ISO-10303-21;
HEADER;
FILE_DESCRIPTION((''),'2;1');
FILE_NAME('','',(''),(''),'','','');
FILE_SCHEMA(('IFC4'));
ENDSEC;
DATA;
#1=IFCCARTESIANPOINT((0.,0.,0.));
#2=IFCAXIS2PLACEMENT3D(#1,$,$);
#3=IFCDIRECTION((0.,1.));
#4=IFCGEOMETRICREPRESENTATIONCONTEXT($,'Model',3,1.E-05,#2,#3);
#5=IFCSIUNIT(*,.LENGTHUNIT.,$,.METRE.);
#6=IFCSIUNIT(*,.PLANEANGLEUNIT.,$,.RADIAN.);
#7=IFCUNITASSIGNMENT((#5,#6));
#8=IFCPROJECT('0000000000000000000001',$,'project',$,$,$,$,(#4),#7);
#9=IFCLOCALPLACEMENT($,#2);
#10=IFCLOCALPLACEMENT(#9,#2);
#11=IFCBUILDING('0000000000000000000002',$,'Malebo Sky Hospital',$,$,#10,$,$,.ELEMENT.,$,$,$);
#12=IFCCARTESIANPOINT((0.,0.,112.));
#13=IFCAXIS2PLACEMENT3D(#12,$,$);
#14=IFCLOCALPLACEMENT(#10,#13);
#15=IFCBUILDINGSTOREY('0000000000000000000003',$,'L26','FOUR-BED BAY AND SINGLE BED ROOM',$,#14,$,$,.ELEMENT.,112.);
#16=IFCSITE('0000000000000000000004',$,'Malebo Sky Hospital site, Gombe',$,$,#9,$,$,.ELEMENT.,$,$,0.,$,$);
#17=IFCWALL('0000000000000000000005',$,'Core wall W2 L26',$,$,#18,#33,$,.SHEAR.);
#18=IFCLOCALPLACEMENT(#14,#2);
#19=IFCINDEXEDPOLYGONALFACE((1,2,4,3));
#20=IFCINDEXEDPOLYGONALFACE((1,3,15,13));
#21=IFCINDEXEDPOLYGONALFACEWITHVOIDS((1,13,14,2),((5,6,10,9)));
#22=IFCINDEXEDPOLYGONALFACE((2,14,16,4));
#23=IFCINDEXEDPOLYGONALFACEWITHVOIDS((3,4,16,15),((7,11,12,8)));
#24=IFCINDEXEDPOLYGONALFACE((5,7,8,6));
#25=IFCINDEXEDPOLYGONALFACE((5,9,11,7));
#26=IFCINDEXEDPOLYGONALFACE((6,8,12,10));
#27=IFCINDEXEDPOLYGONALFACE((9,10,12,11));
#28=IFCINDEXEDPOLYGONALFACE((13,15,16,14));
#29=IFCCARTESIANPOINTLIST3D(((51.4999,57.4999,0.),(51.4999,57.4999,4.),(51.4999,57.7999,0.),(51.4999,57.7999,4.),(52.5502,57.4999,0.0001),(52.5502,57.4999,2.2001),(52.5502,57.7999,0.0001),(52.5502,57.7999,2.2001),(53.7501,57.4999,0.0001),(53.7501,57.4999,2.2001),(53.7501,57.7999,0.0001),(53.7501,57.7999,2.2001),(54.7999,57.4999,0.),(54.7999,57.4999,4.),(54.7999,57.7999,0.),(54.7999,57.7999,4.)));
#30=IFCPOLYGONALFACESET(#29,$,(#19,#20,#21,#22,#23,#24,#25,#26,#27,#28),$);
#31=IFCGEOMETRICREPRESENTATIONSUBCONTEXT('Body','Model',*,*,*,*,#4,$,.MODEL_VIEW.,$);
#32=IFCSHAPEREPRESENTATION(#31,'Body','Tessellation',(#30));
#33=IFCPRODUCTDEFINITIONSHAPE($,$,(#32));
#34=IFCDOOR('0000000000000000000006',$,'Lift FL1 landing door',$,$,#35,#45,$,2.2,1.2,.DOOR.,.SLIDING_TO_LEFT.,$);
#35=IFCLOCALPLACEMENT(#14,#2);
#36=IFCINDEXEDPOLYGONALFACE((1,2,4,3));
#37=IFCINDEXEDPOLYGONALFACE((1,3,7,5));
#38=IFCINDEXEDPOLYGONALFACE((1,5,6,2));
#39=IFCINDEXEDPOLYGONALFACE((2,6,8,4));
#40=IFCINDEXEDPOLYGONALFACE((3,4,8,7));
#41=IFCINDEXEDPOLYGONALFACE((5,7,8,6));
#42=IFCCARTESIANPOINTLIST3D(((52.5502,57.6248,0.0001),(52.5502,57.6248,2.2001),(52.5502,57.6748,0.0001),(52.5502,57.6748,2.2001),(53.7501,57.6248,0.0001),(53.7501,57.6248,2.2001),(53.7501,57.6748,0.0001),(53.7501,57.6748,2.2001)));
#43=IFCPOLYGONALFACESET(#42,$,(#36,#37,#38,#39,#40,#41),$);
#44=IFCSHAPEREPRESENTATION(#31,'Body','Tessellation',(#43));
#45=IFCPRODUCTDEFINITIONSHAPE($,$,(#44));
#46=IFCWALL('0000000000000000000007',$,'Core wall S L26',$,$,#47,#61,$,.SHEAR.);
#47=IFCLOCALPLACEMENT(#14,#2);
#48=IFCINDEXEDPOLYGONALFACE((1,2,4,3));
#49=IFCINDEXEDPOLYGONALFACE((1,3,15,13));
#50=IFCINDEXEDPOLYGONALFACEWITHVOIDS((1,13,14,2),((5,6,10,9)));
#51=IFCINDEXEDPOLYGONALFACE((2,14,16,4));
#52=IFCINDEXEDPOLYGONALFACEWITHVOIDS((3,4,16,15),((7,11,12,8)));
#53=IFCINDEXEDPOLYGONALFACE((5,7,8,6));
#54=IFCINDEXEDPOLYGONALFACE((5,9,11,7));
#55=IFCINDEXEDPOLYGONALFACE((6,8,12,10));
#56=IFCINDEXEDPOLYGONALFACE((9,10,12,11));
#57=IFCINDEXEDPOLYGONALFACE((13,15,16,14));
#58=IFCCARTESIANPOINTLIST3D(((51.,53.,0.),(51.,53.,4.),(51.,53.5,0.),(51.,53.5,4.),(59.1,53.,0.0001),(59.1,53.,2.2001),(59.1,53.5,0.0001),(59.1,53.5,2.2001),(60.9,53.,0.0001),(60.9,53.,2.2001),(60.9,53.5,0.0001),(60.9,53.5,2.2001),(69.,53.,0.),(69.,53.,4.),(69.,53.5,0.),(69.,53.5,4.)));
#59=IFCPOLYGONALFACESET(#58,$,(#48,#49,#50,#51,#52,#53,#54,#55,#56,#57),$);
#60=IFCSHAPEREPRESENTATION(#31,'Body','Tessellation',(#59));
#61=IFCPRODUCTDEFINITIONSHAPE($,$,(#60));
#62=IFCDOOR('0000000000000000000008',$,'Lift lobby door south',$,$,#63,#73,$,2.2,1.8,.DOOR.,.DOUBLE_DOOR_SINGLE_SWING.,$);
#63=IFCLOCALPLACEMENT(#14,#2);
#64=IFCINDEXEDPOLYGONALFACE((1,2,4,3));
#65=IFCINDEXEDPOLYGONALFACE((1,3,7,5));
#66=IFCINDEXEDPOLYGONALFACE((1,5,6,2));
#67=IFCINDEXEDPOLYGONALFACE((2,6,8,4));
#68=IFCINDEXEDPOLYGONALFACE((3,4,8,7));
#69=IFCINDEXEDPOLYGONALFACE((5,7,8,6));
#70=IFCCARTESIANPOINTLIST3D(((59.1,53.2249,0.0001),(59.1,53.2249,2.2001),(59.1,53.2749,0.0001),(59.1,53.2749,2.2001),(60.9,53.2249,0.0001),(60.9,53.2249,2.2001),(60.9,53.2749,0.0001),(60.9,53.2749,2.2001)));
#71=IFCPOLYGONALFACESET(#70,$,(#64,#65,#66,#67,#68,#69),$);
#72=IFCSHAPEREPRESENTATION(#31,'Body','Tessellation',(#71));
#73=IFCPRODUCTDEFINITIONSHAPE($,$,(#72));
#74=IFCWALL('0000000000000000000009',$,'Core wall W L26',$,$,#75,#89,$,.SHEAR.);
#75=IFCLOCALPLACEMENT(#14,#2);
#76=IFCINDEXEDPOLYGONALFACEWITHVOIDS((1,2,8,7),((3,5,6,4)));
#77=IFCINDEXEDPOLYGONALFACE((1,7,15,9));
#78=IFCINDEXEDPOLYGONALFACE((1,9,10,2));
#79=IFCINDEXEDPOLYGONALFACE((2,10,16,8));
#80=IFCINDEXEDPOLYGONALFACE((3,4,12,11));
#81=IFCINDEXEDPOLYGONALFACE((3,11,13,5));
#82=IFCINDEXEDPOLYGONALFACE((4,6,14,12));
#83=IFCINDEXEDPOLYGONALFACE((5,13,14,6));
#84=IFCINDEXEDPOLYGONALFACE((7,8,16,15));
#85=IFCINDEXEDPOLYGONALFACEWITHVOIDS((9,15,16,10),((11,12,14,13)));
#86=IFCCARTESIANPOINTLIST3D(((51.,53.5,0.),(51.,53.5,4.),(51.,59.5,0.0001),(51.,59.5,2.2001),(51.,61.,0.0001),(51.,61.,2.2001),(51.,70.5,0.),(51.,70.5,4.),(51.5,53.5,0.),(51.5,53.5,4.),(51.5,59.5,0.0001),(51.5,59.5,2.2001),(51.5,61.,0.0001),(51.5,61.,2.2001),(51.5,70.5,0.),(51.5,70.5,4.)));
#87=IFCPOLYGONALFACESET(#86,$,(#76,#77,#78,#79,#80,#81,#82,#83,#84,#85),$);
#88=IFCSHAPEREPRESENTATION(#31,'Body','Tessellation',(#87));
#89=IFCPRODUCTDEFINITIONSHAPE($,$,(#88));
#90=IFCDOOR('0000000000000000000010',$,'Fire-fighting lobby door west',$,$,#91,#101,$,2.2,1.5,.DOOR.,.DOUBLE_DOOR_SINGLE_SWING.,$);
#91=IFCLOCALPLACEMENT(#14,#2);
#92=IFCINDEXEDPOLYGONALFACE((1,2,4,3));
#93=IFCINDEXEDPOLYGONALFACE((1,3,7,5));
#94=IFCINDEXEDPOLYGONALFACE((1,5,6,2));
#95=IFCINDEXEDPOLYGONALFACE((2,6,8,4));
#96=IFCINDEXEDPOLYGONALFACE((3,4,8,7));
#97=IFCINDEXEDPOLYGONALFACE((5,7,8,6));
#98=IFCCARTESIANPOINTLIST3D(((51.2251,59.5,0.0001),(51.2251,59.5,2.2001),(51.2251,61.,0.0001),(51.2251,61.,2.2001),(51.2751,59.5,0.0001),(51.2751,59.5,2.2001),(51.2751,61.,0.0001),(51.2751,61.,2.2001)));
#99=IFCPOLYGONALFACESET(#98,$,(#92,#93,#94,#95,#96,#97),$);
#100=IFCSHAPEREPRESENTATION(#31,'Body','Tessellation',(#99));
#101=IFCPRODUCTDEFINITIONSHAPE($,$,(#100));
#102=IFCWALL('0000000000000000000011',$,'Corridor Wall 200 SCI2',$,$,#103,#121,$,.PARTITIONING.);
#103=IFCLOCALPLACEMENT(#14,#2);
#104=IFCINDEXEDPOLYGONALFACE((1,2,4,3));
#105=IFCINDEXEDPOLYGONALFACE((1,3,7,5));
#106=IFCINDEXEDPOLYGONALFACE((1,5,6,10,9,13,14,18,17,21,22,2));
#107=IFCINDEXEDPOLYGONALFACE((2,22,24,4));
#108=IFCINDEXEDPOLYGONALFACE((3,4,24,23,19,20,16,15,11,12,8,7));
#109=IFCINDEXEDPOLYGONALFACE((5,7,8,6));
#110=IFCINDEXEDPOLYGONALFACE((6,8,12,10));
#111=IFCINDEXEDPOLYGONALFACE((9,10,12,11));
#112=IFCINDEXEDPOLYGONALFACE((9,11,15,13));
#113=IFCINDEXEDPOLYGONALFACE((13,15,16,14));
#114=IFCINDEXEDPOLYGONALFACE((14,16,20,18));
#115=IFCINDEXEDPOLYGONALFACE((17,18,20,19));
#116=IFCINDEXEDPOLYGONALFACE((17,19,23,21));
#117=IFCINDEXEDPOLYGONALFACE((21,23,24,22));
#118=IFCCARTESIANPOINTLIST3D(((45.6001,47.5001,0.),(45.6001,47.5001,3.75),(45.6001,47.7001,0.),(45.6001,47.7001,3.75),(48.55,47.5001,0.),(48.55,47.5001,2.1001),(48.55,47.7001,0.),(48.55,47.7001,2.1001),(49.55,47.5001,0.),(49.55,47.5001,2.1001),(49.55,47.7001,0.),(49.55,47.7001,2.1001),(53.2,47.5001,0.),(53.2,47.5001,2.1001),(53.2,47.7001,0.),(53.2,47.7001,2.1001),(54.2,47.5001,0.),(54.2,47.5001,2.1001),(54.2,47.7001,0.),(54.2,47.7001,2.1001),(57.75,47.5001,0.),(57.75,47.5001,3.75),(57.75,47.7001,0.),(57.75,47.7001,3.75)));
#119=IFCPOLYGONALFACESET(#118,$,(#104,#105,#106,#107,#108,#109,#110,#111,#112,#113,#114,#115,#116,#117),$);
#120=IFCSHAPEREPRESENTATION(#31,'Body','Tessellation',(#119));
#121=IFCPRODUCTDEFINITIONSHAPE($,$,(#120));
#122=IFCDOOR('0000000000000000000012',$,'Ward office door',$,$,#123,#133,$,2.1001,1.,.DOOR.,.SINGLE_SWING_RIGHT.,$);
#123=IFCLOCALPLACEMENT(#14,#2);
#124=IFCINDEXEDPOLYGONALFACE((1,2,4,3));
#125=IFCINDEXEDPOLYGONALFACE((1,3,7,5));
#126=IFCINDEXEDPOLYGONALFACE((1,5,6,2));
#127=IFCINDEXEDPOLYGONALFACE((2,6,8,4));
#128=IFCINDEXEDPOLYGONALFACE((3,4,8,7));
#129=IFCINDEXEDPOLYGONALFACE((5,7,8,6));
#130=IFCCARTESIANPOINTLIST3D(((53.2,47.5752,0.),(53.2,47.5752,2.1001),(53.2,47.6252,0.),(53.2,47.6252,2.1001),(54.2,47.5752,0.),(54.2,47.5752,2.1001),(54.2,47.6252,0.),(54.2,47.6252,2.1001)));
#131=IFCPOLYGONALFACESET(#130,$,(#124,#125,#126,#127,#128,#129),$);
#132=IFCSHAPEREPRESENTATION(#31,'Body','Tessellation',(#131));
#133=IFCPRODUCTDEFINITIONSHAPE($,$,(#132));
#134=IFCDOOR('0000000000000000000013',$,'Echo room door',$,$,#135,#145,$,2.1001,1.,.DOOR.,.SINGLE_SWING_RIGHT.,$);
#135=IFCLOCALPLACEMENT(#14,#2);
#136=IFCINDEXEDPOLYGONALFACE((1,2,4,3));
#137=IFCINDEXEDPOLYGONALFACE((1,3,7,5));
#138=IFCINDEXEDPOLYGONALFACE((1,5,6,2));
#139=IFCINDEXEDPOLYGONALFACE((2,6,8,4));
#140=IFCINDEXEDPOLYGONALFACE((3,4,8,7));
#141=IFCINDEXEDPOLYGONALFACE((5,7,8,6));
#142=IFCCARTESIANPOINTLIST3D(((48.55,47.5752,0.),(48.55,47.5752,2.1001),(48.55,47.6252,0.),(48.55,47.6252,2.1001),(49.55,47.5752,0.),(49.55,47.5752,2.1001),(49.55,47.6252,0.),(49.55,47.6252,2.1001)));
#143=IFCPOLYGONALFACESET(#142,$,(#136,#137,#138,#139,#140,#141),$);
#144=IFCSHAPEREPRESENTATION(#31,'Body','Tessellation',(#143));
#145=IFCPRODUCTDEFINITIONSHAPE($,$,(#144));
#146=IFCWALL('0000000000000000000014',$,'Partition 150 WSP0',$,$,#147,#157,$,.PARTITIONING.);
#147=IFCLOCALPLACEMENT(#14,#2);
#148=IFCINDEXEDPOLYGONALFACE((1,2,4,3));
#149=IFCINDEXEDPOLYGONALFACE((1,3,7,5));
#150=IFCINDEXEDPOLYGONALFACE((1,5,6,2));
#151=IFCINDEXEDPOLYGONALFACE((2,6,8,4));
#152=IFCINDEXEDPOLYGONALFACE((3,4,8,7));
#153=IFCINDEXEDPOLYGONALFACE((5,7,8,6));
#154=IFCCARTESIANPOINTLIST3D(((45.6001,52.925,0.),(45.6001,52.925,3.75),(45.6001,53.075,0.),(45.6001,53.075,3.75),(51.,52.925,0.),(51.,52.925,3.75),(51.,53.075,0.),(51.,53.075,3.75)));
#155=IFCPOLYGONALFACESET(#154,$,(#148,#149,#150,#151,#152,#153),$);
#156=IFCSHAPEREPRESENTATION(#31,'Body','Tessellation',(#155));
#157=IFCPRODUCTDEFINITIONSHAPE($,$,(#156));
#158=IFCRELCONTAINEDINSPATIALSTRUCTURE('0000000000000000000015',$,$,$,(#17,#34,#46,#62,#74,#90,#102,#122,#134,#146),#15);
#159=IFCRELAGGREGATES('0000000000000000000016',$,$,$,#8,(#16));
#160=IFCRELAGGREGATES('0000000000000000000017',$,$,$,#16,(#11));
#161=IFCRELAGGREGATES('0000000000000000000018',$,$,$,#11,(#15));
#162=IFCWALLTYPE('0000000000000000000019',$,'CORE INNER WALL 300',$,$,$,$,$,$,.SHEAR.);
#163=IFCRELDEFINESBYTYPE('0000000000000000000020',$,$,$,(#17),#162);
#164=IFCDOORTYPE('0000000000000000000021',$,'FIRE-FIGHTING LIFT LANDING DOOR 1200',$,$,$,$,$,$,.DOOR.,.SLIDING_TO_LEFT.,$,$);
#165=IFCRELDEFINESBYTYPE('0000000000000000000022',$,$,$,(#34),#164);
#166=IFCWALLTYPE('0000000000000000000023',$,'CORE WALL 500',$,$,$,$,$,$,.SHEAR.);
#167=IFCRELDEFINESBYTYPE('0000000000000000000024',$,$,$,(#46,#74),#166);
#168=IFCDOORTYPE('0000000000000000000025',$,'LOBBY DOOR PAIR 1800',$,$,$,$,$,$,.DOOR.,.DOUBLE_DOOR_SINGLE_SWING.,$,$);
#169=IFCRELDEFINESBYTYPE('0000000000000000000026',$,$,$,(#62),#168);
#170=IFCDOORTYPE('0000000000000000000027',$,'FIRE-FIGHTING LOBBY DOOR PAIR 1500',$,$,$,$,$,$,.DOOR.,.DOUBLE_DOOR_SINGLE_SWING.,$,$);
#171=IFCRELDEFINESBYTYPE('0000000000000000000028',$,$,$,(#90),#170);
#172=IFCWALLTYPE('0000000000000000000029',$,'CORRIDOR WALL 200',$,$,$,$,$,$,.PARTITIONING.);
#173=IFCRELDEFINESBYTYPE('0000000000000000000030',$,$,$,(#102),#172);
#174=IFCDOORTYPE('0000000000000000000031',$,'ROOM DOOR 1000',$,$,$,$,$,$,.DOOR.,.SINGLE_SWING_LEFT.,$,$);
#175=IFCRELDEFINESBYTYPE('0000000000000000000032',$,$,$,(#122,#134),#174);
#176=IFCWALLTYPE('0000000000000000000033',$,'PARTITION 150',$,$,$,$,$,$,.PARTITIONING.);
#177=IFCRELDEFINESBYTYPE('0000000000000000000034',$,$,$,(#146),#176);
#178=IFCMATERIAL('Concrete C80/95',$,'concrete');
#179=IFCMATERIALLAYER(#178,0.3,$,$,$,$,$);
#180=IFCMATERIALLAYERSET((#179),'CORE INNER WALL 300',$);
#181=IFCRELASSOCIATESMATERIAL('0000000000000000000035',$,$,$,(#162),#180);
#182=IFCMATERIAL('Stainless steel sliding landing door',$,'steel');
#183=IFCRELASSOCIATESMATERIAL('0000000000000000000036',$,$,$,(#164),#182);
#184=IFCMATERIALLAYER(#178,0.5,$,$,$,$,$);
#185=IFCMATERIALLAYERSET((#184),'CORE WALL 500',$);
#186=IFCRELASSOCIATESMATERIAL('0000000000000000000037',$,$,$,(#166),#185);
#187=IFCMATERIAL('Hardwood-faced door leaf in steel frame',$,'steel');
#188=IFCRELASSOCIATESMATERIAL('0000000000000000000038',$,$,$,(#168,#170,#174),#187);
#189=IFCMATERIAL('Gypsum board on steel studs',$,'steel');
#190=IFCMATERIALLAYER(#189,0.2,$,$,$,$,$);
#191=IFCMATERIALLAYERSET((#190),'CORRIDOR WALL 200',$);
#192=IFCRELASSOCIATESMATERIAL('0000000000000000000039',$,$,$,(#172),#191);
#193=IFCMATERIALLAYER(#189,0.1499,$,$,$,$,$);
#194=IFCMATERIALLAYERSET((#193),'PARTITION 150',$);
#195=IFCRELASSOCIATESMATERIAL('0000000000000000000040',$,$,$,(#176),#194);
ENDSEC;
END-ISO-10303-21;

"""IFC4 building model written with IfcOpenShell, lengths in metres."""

from ifc_helpers import new_model, si_unit, direction, frame, frame_2d, origin, place, context, subcontext, project, spatial, rectangle, extrude, material, layer, layer_set, type_object, element, fill, save


model = new_model("IFC4")

# Units and contexts
model_context = context("Model", 3, precision=1e-05, world=origin(), true_north=direction((0.0, 1.0)))
body_context = subcontext(model_context, "Body", "Model", "MODEL_VIEW")
ifc_project = project(units=[si_unit("LENGTHUNIT", "METRE"), si_unit("PLANEANGLEUNIT", "RADIAN")], contexts=[model_context])

# Site, building, storey
site_placement = place(None, origin())
site = spatial("IfcSite", under=ifc_project, at=site_placement, Name="Malebo Sky Hospital site, Gombe", CompositionType="ELEMENT", RefElevation=0.0)
building_placement = place(site_placement, origin())
building = spatial("IfcBuilding", under=site, at=building_placement, Name="Malebo Sky Hospital", CompositionType="ELEMENT")
storey_placement = place(building_placement, frame((0.0, 0.0, 112.0)))
storey = spatial("IfcBuildingStorey", under=building, at=storey_placement, Name="L26", Description="FOUR-BED BAY AND SINGLE BED ROOM", CompositionType="ELEMENT", Elevation=112.0)

# Shared definitions
ifc_material_1 = material(Name="Concrete C80/95", Category="concrete")
ifc_material_2 = material(Name="Stainless steel sliding landing door", Category="steel")

# Shared definitions
ifc_layer_1 = layer(ifc_material_1, 0.3)
ifc_layer_set_1 = layer_set([ifc_layer_1], Name="CORE INNER WALL 300")
wall_type_1 = type_object("IfcWallType", Name="CORE INNER WALL 300", PredefinedType="SHEAR", material=ifc_layer_set_1)

# Walls, openings, doors
wall_1_placement = place(storey_placement, frame((51.5, 57.6499, 0.0), z_axis=(0.0, 0.0, 1.0), x_axis=(1.0, 0.0, 0.0)))
wall_1 = element("IfcWall", 1, at=wall_1_placement, inside=storey, type_object=wall_type_1, Name="Core wall W2 L26", PredefinedType="SHEAR", context=body_context, shape_type="SweptSolid", body=[
    extrude(rectangle(XDim=3.3, YDim=0.3, at=frame_2d((1.6499, 0.0))), origin(), (0.0, 0.0, 1.0), 4.0),
])
opening_1_placement = place(wall_1_placement, frame((1.05, 0.0, 0.0)))
opening_1 = element("IfcOpeningElement", 2, at=opening_1_placement, cuts=wall_1, PredefinedType="OPENING", context=body_context, shape_type="SweptSolid", body=[
    extrude(rectangle(XDim=1.2, YDim=2.2, at=frame_2d((0.6001, 1.1001))), frame((0.0, 0.1599, 0.0), z_axis=(0.0, -1.0, 0.0), x_axis=(1.0, 0.0, 0.0)), (0.0, 0.0, 1.0), 0.3201),
])
door_type_1 = type_object("IfcDoorType", Name="FIRE-FIGHTING LIFT LANDING DOOR 1200", OperationType="SLIDING_TO_LEFT", PredefinedType="DOOR", material=ifc_material_2)
door_1_placement = place(opening_1_placement, origin())
door_1 = element("IfcDoor", 3, at=door_1_placement, inside=storey, type_object=door_type_1, Name="Lift FL1 landing door", OperationType="SLIDING_TO_LEFT", OverallHeight=2.2, OverallWidth=1.2, PredefinedType="DOOR", context=body_context, shape_type="SweptSolid", body=[
    extrude(rectangle(XDim=1.2, YDim=2.2, at=frame_2d((0.6001, 1.1001))), frame((0.0, 0.0249, 0.0), z_axis=(0.0, -1.0, 0.0), x_axis=(1.0, 0.0, 0.0)), (0.0, 0.0, 1.0), 0.05),
])
fill(opening_1, door_1)
ifc_layer_2 = layer(ifc_material_1, 0.5)
ifc_layer_set_2 = layer_set([ifc_layer_2], Name="CORE WALL 500")
wall_type_2 = type_object("IfcWallType", Name="CORE WALL 500", PredefinedType="SHEAR", material=ifc_layer_set_2)
wall_2_placement = place(storey_placement, frame((51.0, 53.25, 0.0), z_axis=(0.0, 0.0, 1.0), x_axis=(1.0, 0.0, 0.0)))
wall_2 = element("IfcWall", 4, at=wall_2_placement, inside=storey, type_object=wall_type_2, Name="Core wall S L26", PredefinedType="SHEAR", context=body_context, shape_type="SweptSolid", body=[
    extrude(rectangle(XDim=18.0, YDim=0.5, at=frame_2d((9.0, 0.0))), origin(), (0.0, 0.0, 1.0), 4.0),
])
opening_2_placement = place(wall_2_placement, frame((8.1001, 0.0, 0.0)))
opening_2 = element("IfcOpeningElement", 5, at=opening_2_placement, cuts=wall_2, PredefinedType="OPENING", context=body_context, shape_type="SweptSolid", body=[
    extrude(rectangle(XDim=1.8, YDim=2.2, at=frame_2d((0.8999, 1.1001))), frame((0.0, 0.26, 0.0), z_axis=(0.0, -1.0, 0.0), x_axis=(1.0, 0.0, 0.0)), (0.0, 0.0, 1.0), 0.52),
])
ifc_material_3 = material(Name="Hardwood-faced door leaf in steel frame", Category="steel")
door_type_2 = type_object("IfcDoorType", Name="LOBBY DOOR PAIR 1800", OperationType="DOUBLE_DOOR_SINGLE_SWING", PredefinedType="DOOR", material=ifc_material_3)
door_2_placement = place(opening_2_placement, origin())
door_2 = element("IfcDoor", 6, at=door_2_placement, inside=storey, type_object=door_type_2, Name="Lift lobby door south", OperationType="DOUBLE_DOOR_SINGLE_SWING", OverallHeight=2.2, OverallWidth=1.8, PredefinedType="DOOR", context=body_context, shape_type="SweptSolid", body=[
    extrude(rectangle(XDim=1.8, YDim=2.2, at=frame_2d((0.8999, 1.1001))), frame((0.0, 0.0249, 0.0), z_axis=(0.0, -1.0, 0.0), x_axis=(1.0, 0.0, 0.0)), (0.0, 0.0, 1.0), 0.05),
])
fill(opening_2, door_2)
wall_3_placement = place(storey_placement, frame((51.25, 53.5, 0.0), z_axis=(0.0, 0.0, 1.0), x_axis=(0.0, 1.0, 0.0)))
wall_3 = element("IfcWall", 7, at=wall_3_placement, inside=storey, type_object=wall_type_2, Name="Core wall W L26", PredefinedType="SHEAR", context=body_context, shape_type="SweptSolid", body=[
    extrude(rectangle(XDim=17.0, YDim=0.5, at=frame_2d((8.5, 0.0))), origin(), (0.0, 0.0, 1.0), 4.0),
])
opening_3_placement = place(wall_3_placement, frame((6.0, 0.0, 0.0)))
opening_3 = element("IfcOpeningElement", 8, at=opening_3_placement, cuts=wall_3, PredefinedType="OPENING", context=body_context, shape_type="SweptSolid", body=[
    extrude(rectangle(XDim=1.5, YDim=2.2, at=frame_2d((0.75, 1.1001))), frame((0.0, 0.26, 0.0), z_axis=(0.0, -1.0, 0.0), x_axis=(1.0, 0.0, 0.0)), (0.0, 0.0, 1.0), 0.52),
])
door_type_3 = type_object("IfcDoorType", Name="FIRE-FIGHTING LOBBY DOOR PAIR 1500", OperationType="DOUBLE_DOOR_SINGLE_SWING", PredefinedType="DOOR", material=ifc_material_3)
door_3_placement = place(opening_3_placement, origin())
door_3 = element("IfcDoor", 9, at=door_3_placement, inside=storey, type_object=door_type_3, Name="Fire-fighting lobby door west", OperationType="DOUBLE_DOOR_SINGLE_SWING", OverallHeight=2.2, OverallWidth=1.5, PredefinedType="DOOR", context=body_context, shape_type="SweptSolid", body=[
    extrude(rectangle(XDim=1.5, YDim=2.2, at=frame_2d((0.75, 1.1001))), frame((0.0, 0.0249, 0.0), z_axis=(0.0, -1.0, 0.0), x_axis=(1.0, 0.0, 0.0)), (0.0, 0.0, 1.0), 0.05),
])
fill(opening_3, door_3)

# Wall, openings, doors
ifc_material_4 = material(Name="Gypsum board on steel studs", Category="steel")
ifc_layer_3 = layer(ifc_material_4, 0.2)
ifc_layer_set_3 = layer_set([ifc_layer_3], Name="CORRIDOR WALL 200")
wall_type_3 = type_object("IfcWallType", Name="CORRIDOR WALL 200", PredefinedType="PARTITIONING", material=ifc_layer_set_3)
wall_4_placement = place(storey_placement, frame((57.75, 47.6001, 0.0), z_axis=(0.0, 0.0, 1.0), x_axis=(-1.0, 0.0, 0.0)))
wall_4 = element("IfcWall", 10, at=wall_4_placement, inside=storey, type_object=wall_type_3, Name="Corridor Wall 200 SCI2", PredefinedType="PARTITIONING", context=body_context, shape_type="SweptSolid", body=[
    extrude(rectangle(XDim=12.1499, YDim=0.2, at=frame_2d((6.075, 0.0))), origin(), (0.0, 0.0, 1.0), 3.75),
])
opening_4_placement = place(wall_4_placement, frame((3.55, 0.0, 0.0)))
opening_4 = element("IfcOpeningElement", 11, at=opening_4_placement, cuts=wall_4, PredefinedType="OPENING", context=body_context, shape_type="SweptSolid", body=[
    extrude(rectangle(XDim=1.0, YDim=2.1001, at=frame_2d((0.5, 1.05))), frame((0.0, 0.1099, 0.0), z_axis=(0.0, -1.0, 0.0), x_axis=(1.0, 0.0, 0.0)), (0.0, 0.0, 1.0), 0.22),
])
opening_5_placement = place(wall_4_placement, frame((8.2, 0.0, 0.0)))
opening_5 = element("IfcOpeningElement", 12, at=opening_5_placement, cuts=wall_4, PredefinedType="OPENING", context=body_context, shape_type="SweptSolid", body=[
    extrude(rectangle(XDim=1.0, YDim=2.1001, at=frame_2d((0.5, 1.05))), frame((0.0, 0.1099, 0.0), z_axis=(0.0, -1.0, 0.0), x_axis=(1.0, 0.0, 0.0)), (0.0, 0.0, 1.0), 0.22),
])
door_type_4 = type_object("IfcDoorType", Name="ROOM DOOR 1000", OperationType="SINGLE_SWING_LEFT", PredefinedType="DOOR", material=ifc_material_3)
door_4_placement = place(opening_4_placement, origin())
door_4 = element("IfcDoor", 13, at=door_4_placement, inside=storey, type_object=door_type_4, Name="Ward office door", OperationType="SINGLE_SWING_RIGHT", OverallHeight=2.1001, OverallWidth=1.0, PredefinedType="DOOR", context=body_context, shape_type="SweptSolid", body=[
    extrude(rectangle(XDim=1.0, YDim=2.1001, at=frame_2d((0.5, 1.05))), frame((0.0, 0.0249, 0.0), z_axis=(0.0, -1.0, 0.0), x_axis=(1.0, 0.0, 0.0)), (0.0, 0.0, 1.0), 0.05),
])
fill(opening_4, door_4)
door_5_placement = place(opening_5_placement, origin())
door_5 = element("IfcDoor", 14, at=door_5_placement, inside=storey, type_object=door_type_4, Name="Echo room door", OperationType="SINGLE_SWING_RIGHT", OverallHeight=2.1001, OverallWidth=1.0, PredefinedType="DOOR", context=body_context, shape_type="SweptSolid", body=[
    extrude(rectangle(XDim=1.0, YDim=2.1001, at=frame_2d((0.5, 1.05))), frame((0.0, 0.0249, 0.0), z_axis=(0.0, -1.0, 0.0), x_axis=(1.0, 0.0, 0.0)), (0.0, 0.0, 1.0), 0.05),
])
fill(opening_5, door_5)

# Wall
ifc_layer_4 = layer(ifc_material_4, 0.1499)
ifc_layer_set_4 = layer_set([ifc_layer_4], Name="PARTITION 150")
wall_type_4 = type_object("IfcWallType", Name="PARTITION 150", PredefinedType="PARTITIONING", material=ifc_layer_set_4)
wall_5_placement = place(storey_placement, frame((51.0, 53.0, 0.0), z_axis=(0.0, 0.0, 1.0), x_axis=(-1.0, 0.0, 0.0)))
element("IfcWall", 15, at=wall_5_placement, inside=storey, type_object=wall_type_4, Name="Partition 150 WSP0", PredefinedType="PARTITIONING", context=body_context, shape_type="SweptSolid", body=[
    extrude(rectangle(XDim=5.3999, YDim=0.1499, at=frame_2d((2.7, 0.0))), origin(), (0.0, 0.0, 1.0), 3.75),
])

save(model, "model.ifc")
